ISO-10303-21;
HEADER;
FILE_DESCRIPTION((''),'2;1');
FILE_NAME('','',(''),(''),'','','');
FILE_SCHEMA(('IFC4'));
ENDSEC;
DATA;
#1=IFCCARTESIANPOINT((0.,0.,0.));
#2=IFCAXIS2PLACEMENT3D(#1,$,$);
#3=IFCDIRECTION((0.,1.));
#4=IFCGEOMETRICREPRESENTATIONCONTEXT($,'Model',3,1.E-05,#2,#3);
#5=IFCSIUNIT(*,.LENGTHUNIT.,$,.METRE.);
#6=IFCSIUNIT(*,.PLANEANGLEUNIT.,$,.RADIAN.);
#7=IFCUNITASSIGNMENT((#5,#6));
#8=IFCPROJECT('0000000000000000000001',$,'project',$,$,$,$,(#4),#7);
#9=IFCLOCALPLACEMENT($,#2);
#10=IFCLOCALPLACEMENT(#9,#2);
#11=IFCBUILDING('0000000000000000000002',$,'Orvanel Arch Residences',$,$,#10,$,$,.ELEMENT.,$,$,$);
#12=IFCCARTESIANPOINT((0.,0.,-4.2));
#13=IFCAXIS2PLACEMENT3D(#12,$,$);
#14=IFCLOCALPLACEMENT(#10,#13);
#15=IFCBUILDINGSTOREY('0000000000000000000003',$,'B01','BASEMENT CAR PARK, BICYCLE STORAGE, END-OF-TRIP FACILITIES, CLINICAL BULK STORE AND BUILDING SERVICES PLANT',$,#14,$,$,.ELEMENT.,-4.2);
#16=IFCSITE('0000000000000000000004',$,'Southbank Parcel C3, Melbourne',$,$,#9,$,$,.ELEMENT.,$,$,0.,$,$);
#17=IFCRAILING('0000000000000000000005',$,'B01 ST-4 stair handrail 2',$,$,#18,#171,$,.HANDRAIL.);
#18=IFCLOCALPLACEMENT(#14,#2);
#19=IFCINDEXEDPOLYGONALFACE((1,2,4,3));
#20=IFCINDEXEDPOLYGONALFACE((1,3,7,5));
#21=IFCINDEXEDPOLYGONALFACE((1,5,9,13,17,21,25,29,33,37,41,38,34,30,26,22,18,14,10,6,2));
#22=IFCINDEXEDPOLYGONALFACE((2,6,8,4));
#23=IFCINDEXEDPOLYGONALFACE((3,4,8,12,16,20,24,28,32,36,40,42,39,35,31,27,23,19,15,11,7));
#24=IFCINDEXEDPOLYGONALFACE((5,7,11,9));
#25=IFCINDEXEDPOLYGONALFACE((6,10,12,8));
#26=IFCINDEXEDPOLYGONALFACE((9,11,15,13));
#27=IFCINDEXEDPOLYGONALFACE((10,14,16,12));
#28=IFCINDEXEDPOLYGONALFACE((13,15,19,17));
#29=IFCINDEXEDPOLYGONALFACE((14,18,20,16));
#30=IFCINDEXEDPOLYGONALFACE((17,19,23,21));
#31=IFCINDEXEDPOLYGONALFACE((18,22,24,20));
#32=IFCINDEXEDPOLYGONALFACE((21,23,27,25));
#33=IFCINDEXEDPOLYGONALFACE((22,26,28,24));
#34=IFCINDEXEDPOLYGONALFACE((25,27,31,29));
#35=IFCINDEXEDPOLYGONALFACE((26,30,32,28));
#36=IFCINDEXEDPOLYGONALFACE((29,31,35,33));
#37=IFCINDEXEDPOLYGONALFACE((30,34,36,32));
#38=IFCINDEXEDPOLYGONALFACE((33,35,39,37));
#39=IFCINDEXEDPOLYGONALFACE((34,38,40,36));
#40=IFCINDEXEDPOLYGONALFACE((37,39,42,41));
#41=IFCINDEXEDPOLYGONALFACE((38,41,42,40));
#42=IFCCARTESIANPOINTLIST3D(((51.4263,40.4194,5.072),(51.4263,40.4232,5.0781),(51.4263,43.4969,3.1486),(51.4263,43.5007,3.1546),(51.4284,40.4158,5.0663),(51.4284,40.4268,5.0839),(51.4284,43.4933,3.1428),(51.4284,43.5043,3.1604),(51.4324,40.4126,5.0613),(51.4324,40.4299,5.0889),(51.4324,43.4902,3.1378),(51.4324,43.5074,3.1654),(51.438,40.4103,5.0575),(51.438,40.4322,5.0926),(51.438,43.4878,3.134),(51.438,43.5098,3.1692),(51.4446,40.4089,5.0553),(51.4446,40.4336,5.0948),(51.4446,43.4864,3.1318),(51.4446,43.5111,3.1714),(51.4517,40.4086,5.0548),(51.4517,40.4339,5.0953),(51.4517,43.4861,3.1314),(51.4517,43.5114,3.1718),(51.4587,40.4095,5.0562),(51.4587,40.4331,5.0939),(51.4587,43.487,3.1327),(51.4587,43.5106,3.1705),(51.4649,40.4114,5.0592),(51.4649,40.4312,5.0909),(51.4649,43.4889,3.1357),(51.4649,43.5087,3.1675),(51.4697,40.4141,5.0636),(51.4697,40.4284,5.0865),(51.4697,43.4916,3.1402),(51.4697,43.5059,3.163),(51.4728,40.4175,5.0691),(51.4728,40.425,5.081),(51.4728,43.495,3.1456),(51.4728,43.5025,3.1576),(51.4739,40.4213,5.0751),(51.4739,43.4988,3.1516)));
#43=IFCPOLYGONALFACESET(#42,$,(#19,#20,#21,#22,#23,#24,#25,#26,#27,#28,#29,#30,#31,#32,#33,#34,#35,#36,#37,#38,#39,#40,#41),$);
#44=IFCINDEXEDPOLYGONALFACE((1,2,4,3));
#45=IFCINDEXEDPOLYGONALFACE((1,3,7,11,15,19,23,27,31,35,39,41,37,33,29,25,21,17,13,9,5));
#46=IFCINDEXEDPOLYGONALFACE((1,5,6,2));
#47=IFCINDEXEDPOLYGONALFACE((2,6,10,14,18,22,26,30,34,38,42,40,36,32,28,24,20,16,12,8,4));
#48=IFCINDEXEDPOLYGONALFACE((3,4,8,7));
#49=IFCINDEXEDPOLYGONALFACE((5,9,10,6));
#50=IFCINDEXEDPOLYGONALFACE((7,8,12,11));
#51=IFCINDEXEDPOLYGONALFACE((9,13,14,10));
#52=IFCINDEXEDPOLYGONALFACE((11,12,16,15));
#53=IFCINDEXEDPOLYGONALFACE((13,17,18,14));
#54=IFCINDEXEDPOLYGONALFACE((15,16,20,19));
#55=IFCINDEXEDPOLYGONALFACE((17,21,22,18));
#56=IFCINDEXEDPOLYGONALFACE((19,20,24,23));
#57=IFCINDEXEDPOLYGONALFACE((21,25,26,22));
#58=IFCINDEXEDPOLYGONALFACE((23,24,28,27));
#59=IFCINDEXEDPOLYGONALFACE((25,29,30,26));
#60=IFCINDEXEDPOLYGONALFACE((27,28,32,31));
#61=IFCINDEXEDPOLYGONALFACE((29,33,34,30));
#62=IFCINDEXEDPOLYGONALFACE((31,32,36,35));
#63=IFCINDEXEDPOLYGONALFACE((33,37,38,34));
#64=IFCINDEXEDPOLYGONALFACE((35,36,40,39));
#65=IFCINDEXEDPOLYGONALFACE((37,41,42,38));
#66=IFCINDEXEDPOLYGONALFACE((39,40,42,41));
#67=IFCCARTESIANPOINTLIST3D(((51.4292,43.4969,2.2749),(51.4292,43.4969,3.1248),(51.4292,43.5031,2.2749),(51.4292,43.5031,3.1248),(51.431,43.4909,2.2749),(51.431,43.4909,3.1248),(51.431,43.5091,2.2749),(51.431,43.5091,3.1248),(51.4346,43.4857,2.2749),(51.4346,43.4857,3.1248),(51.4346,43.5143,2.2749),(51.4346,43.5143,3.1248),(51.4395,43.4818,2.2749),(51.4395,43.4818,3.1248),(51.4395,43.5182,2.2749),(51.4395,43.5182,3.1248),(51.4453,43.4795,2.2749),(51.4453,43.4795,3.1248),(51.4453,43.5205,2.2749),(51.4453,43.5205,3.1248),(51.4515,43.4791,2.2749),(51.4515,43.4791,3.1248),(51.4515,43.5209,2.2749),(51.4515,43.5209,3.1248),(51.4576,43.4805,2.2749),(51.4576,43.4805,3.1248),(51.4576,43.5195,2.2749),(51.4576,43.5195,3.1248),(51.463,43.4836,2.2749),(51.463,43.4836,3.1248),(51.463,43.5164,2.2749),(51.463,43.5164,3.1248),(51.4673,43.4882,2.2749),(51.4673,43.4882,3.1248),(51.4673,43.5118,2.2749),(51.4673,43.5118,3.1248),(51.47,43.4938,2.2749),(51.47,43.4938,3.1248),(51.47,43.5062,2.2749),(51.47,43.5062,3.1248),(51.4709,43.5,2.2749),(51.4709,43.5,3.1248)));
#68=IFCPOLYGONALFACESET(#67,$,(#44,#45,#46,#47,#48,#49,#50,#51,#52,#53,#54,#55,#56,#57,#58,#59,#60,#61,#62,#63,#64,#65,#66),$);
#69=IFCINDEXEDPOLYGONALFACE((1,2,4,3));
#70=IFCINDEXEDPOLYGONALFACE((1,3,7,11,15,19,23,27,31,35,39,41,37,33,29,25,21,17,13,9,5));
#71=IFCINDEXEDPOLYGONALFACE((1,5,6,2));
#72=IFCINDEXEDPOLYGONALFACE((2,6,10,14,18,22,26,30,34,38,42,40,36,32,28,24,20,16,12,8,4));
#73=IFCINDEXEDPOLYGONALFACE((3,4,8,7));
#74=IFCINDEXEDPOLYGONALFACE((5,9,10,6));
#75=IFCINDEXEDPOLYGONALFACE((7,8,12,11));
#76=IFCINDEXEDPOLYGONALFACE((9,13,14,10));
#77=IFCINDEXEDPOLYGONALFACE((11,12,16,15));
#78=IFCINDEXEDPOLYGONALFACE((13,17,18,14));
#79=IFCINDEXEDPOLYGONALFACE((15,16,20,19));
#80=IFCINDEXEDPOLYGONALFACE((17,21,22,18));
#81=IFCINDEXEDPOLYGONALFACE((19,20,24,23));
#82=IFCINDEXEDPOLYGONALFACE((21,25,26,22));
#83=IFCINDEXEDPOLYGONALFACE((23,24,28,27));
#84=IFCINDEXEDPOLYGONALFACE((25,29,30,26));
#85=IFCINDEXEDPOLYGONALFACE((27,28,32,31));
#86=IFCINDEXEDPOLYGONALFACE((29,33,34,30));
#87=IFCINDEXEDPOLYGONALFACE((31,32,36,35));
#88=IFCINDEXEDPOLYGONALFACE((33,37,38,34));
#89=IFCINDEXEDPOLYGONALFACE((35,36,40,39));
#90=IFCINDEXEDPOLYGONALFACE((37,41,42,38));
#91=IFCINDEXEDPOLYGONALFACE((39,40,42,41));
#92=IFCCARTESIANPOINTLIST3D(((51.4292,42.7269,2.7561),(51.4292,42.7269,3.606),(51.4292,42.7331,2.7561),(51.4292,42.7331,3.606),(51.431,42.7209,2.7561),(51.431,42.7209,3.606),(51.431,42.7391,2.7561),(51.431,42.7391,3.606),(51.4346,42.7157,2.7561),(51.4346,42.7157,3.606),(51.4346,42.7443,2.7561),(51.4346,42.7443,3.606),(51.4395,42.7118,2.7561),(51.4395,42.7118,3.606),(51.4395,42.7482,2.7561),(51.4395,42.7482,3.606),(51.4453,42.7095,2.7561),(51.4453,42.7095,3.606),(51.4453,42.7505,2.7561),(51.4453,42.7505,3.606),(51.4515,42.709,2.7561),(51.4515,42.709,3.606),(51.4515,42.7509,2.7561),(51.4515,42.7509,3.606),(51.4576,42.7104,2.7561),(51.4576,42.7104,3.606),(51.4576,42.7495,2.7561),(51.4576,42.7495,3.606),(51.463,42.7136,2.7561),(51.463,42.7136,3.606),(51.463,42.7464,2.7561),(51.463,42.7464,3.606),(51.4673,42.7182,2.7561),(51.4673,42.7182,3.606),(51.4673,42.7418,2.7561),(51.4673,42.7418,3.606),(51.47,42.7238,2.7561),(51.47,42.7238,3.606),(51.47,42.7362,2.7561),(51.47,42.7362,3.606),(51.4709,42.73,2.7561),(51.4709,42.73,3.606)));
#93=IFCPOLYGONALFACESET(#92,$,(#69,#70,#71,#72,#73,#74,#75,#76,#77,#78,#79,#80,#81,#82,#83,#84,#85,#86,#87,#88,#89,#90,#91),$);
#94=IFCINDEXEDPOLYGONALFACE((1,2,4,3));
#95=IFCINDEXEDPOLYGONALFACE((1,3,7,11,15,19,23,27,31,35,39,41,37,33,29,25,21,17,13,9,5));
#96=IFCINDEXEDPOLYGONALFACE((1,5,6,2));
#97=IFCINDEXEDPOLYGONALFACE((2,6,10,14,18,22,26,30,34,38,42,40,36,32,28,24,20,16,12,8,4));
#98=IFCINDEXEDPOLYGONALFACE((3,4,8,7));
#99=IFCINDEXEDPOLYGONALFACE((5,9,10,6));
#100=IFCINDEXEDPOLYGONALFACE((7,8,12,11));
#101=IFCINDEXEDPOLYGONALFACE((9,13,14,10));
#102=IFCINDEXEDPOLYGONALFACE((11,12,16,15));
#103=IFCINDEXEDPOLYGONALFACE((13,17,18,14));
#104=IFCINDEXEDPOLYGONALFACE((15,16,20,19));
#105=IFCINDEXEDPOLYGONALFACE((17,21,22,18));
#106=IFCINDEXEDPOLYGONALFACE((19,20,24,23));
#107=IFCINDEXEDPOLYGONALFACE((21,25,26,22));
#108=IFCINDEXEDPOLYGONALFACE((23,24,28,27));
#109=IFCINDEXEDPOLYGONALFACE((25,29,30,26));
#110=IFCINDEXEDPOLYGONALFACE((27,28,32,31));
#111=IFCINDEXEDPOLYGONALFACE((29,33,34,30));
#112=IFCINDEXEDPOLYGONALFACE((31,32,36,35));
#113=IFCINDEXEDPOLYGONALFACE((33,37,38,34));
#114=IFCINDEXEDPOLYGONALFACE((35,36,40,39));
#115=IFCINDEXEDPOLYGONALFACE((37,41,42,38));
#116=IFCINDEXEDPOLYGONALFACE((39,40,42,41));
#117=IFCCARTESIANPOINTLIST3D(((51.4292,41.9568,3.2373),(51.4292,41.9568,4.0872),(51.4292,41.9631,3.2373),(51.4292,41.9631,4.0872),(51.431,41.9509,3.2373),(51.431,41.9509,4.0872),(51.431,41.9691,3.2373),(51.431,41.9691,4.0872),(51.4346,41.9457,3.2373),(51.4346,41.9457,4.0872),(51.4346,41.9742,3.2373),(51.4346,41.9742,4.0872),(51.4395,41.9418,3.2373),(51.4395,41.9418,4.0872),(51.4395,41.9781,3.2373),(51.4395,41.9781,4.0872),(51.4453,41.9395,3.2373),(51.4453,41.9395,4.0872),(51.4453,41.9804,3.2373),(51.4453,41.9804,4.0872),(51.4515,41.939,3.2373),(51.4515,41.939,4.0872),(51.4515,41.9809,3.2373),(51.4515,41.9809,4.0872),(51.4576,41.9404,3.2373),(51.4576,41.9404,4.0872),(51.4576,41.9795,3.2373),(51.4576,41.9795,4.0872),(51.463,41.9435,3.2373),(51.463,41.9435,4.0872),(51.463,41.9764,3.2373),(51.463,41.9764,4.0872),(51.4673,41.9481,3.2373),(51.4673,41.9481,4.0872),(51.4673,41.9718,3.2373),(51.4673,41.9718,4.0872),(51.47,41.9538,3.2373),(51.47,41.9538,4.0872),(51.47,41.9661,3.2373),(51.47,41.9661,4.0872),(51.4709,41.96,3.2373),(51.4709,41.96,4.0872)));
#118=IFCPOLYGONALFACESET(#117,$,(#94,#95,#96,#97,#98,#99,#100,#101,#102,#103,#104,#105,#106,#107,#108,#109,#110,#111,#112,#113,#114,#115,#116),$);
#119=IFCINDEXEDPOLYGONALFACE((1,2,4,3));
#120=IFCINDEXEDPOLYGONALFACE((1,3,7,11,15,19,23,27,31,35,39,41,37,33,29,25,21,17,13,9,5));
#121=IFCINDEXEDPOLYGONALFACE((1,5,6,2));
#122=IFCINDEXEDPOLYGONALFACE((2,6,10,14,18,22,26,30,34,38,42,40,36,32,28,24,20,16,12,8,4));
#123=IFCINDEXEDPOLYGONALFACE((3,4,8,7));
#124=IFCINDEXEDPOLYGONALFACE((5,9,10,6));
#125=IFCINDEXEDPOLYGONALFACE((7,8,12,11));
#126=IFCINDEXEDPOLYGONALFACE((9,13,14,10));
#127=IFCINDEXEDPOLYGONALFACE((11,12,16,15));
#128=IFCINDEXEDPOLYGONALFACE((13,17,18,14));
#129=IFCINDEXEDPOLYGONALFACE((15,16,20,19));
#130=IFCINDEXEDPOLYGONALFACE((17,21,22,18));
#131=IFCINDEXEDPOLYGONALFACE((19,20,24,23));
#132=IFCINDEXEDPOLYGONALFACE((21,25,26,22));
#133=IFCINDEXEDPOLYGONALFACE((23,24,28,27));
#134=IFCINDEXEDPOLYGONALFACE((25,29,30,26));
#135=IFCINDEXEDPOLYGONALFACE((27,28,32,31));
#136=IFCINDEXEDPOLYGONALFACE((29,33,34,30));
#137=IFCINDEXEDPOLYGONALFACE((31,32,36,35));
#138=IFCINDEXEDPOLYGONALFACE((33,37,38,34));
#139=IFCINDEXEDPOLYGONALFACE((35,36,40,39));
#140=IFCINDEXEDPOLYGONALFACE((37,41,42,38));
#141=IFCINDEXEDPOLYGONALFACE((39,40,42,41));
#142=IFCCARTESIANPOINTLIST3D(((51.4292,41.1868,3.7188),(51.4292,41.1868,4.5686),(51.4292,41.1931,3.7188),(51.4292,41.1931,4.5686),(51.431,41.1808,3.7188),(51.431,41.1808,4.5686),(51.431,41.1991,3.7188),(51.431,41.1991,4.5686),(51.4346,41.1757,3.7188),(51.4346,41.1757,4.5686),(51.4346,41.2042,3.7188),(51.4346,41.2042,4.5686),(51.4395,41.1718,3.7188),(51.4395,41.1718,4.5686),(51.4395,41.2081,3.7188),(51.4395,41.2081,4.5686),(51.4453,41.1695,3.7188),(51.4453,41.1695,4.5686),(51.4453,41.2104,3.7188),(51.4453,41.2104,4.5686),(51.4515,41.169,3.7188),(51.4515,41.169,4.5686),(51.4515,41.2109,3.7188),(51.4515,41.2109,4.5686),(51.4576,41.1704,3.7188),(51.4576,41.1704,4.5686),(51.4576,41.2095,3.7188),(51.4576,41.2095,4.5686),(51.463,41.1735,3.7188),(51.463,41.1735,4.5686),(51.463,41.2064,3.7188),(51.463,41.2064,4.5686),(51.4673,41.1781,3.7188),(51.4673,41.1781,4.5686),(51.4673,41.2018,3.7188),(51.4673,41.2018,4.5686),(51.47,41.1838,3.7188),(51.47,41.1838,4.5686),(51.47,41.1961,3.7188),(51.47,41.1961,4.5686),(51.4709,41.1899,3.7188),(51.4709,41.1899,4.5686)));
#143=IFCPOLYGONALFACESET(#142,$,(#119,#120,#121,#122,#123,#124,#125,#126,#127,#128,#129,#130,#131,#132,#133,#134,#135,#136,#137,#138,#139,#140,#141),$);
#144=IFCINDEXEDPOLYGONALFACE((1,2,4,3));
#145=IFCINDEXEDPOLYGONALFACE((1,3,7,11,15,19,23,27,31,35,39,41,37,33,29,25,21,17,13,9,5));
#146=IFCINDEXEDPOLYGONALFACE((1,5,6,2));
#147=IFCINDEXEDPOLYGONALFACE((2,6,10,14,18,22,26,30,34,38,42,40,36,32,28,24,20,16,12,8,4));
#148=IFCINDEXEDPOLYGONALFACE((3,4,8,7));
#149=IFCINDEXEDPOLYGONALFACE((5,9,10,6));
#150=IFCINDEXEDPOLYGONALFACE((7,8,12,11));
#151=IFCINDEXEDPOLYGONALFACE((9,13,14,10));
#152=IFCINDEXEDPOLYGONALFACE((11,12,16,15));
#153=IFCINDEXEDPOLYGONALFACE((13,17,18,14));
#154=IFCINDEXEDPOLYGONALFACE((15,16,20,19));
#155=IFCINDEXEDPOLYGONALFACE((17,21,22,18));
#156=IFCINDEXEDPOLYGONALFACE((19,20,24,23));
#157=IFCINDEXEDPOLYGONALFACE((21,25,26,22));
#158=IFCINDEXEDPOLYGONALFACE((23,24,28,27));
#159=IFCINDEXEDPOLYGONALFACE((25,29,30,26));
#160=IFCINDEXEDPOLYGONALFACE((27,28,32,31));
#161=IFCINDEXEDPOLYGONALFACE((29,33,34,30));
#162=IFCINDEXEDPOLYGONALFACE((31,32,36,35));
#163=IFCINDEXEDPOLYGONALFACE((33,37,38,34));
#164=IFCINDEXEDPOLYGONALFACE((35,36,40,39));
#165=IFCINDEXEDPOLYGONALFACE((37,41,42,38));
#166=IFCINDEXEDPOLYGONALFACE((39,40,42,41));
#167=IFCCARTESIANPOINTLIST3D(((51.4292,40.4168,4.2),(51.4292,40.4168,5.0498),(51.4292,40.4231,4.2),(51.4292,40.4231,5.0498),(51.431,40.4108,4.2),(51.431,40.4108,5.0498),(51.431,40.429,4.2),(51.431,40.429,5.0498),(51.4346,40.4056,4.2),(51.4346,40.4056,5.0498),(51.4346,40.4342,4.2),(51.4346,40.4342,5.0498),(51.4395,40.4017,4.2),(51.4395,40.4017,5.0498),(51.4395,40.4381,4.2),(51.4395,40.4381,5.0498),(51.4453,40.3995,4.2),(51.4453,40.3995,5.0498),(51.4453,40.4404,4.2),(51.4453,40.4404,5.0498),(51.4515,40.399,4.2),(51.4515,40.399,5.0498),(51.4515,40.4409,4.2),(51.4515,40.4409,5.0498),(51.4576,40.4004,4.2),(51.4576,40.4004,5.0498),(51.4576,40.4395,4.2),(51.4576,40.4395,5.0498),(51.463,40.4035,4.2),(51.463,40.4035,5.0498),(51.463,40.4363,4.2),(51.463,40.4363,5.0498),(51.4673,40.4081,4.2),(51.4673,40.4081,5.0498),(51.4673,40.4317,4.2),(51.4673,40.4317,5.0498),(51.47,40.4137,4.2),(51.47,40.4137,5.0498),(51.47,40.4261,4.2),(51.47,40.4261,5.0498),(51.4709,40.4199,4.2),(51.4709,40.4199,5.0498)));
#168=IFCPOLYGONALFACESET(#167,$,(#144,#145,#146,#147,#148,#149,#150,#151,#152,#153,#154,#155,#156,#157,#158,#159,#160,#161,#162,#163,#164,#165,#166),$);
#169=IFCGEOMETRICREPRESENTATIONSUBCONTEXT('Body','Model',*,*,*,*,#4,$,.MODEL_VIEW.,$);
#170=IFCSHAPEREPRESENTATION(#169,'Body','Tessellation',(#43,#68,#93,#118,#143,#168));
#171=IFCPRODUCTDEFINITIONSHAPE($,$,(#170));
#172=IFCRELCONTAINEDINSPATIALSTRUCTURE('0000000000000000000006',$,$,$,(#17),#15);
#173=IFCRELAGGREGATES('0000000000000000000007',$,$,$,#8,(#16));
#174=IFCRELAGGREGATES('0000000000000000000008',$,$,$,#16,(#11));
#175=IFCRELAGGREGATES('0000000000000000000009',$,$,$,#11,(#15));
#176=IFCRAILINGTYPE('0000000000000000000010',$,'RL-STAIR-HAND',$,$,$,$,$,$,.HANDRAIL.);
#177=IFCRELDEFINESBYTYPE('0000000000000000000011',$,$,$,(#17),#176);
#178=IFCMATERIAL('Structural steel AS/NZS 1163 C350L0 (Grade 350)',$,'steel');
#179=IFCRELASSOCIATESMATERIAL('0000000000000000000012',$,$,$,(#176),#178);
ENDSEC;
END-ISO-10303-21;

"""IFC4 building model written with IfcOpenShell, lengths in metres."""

from ifc_helpers import new_model, si_unit, direction, frame, origin, origin_2d, place, context, subcontext, project, spatial, circle, extrude, material, type_object, element, save


model = new_model("IFC4")

# Units and contexts
model_context = context("Model", 3, precision=1e-05, world=origin(), true_north=direction((0.0, 1.0)))
body_context = subcontext(model_context, "Body", "Model", "MODEL_VIEW")
ifc_project = project(units=[si_unit("LENGTHUNIT", "METRE"), si_unit("PLANEANGLEUNIT", "RADIAN")], contexts=[model_context])

# Site, building, storey
site_placement = place(None, origin())
site = spatial("IfcSite", under=ifc_project, at=site_placement, Name="Southbank Parcel C3, Melbourne", CompositionType="ELEMENT", RefElevation=0.0)
building_placement = place(site_placement, origin())
building = spatial("IfcBuilding", under=site, at=building_placement, Name="Orvanel Arch Residences", CompositionType="ELEMENT")
storey_placement = place(building_placement, frame((0.0, 0.0, -4.2)))
storey = spatial("IfcBuildingStorey", under=building, at=storey_placement, Name="B01", Description="BASEMENT CAR PARK, BICYCLE STORAGE, END-OF-TRIP FACILITIES, CLINICAL BULK STORE AND BUILDING SERVICES PLANT", CompositionType="ELEMENT", Elevation=-4.2)

# Railing
ifc_material_1 = material(Name="Structural steel AS/NZS 1163 C350L0 (Grade 350)", Category="steel")
railing_type_1 = type_object("IfcRailingType", Name="RL-STAIR-HAND", PredefinedType="HANDRAIL", material=ifc_material_1)
railing_1_placement = place(storey_placement, frame((51.45, 43.5, 2.2749)))
element("IfcRailing", 1, at=railing_1_placement, inside=storey, type_object=railing_type_1, Name="B01 ST-4 stair handrail 2", PredefinedType="HANDRAIL", context=body_context, shape_type="SweptSolid", body=[
    extrude(circle(Radius=0.0239, at=origin_2d()), frame((0.0, -0.0012, 0.8767), z_axis=(0.0, -0.847998, 0.529999), x_axis=(1.0, 0.0, 0.0)), (0.0, 0.0, 1.0), 3.6292),
    extrude(circle(Radius=0.021, at=origin_2d()), origin(), (0.0, 0.0, 1.0), 0.8499),
    extrude(circle(Radius=0.021, at=origin_2d()), frame((0.0, -0.77, 0.4812)), (0.0, 0.0, 1.0), 0.8499),
    extrude(circle(Radius=0.021, at=origin_2d()), frame((0.0, -1.54, 0.9624)), (0.0, 0.0, 1.0), 0.8499),
    extrude(circle(Radius=0.021, at=origin_2d()), frame((0.0, -2.3101, 1.4438)), (0.0, 0.0, 1.0), 0.8499),
    extrude(circle(Radius=0.021, at=origin_2d()), frame((0.0, -3.0801, 1.925)), (0.0, 0.0, 1.0), 0.8499),
])

save(model, "model.ifc")
